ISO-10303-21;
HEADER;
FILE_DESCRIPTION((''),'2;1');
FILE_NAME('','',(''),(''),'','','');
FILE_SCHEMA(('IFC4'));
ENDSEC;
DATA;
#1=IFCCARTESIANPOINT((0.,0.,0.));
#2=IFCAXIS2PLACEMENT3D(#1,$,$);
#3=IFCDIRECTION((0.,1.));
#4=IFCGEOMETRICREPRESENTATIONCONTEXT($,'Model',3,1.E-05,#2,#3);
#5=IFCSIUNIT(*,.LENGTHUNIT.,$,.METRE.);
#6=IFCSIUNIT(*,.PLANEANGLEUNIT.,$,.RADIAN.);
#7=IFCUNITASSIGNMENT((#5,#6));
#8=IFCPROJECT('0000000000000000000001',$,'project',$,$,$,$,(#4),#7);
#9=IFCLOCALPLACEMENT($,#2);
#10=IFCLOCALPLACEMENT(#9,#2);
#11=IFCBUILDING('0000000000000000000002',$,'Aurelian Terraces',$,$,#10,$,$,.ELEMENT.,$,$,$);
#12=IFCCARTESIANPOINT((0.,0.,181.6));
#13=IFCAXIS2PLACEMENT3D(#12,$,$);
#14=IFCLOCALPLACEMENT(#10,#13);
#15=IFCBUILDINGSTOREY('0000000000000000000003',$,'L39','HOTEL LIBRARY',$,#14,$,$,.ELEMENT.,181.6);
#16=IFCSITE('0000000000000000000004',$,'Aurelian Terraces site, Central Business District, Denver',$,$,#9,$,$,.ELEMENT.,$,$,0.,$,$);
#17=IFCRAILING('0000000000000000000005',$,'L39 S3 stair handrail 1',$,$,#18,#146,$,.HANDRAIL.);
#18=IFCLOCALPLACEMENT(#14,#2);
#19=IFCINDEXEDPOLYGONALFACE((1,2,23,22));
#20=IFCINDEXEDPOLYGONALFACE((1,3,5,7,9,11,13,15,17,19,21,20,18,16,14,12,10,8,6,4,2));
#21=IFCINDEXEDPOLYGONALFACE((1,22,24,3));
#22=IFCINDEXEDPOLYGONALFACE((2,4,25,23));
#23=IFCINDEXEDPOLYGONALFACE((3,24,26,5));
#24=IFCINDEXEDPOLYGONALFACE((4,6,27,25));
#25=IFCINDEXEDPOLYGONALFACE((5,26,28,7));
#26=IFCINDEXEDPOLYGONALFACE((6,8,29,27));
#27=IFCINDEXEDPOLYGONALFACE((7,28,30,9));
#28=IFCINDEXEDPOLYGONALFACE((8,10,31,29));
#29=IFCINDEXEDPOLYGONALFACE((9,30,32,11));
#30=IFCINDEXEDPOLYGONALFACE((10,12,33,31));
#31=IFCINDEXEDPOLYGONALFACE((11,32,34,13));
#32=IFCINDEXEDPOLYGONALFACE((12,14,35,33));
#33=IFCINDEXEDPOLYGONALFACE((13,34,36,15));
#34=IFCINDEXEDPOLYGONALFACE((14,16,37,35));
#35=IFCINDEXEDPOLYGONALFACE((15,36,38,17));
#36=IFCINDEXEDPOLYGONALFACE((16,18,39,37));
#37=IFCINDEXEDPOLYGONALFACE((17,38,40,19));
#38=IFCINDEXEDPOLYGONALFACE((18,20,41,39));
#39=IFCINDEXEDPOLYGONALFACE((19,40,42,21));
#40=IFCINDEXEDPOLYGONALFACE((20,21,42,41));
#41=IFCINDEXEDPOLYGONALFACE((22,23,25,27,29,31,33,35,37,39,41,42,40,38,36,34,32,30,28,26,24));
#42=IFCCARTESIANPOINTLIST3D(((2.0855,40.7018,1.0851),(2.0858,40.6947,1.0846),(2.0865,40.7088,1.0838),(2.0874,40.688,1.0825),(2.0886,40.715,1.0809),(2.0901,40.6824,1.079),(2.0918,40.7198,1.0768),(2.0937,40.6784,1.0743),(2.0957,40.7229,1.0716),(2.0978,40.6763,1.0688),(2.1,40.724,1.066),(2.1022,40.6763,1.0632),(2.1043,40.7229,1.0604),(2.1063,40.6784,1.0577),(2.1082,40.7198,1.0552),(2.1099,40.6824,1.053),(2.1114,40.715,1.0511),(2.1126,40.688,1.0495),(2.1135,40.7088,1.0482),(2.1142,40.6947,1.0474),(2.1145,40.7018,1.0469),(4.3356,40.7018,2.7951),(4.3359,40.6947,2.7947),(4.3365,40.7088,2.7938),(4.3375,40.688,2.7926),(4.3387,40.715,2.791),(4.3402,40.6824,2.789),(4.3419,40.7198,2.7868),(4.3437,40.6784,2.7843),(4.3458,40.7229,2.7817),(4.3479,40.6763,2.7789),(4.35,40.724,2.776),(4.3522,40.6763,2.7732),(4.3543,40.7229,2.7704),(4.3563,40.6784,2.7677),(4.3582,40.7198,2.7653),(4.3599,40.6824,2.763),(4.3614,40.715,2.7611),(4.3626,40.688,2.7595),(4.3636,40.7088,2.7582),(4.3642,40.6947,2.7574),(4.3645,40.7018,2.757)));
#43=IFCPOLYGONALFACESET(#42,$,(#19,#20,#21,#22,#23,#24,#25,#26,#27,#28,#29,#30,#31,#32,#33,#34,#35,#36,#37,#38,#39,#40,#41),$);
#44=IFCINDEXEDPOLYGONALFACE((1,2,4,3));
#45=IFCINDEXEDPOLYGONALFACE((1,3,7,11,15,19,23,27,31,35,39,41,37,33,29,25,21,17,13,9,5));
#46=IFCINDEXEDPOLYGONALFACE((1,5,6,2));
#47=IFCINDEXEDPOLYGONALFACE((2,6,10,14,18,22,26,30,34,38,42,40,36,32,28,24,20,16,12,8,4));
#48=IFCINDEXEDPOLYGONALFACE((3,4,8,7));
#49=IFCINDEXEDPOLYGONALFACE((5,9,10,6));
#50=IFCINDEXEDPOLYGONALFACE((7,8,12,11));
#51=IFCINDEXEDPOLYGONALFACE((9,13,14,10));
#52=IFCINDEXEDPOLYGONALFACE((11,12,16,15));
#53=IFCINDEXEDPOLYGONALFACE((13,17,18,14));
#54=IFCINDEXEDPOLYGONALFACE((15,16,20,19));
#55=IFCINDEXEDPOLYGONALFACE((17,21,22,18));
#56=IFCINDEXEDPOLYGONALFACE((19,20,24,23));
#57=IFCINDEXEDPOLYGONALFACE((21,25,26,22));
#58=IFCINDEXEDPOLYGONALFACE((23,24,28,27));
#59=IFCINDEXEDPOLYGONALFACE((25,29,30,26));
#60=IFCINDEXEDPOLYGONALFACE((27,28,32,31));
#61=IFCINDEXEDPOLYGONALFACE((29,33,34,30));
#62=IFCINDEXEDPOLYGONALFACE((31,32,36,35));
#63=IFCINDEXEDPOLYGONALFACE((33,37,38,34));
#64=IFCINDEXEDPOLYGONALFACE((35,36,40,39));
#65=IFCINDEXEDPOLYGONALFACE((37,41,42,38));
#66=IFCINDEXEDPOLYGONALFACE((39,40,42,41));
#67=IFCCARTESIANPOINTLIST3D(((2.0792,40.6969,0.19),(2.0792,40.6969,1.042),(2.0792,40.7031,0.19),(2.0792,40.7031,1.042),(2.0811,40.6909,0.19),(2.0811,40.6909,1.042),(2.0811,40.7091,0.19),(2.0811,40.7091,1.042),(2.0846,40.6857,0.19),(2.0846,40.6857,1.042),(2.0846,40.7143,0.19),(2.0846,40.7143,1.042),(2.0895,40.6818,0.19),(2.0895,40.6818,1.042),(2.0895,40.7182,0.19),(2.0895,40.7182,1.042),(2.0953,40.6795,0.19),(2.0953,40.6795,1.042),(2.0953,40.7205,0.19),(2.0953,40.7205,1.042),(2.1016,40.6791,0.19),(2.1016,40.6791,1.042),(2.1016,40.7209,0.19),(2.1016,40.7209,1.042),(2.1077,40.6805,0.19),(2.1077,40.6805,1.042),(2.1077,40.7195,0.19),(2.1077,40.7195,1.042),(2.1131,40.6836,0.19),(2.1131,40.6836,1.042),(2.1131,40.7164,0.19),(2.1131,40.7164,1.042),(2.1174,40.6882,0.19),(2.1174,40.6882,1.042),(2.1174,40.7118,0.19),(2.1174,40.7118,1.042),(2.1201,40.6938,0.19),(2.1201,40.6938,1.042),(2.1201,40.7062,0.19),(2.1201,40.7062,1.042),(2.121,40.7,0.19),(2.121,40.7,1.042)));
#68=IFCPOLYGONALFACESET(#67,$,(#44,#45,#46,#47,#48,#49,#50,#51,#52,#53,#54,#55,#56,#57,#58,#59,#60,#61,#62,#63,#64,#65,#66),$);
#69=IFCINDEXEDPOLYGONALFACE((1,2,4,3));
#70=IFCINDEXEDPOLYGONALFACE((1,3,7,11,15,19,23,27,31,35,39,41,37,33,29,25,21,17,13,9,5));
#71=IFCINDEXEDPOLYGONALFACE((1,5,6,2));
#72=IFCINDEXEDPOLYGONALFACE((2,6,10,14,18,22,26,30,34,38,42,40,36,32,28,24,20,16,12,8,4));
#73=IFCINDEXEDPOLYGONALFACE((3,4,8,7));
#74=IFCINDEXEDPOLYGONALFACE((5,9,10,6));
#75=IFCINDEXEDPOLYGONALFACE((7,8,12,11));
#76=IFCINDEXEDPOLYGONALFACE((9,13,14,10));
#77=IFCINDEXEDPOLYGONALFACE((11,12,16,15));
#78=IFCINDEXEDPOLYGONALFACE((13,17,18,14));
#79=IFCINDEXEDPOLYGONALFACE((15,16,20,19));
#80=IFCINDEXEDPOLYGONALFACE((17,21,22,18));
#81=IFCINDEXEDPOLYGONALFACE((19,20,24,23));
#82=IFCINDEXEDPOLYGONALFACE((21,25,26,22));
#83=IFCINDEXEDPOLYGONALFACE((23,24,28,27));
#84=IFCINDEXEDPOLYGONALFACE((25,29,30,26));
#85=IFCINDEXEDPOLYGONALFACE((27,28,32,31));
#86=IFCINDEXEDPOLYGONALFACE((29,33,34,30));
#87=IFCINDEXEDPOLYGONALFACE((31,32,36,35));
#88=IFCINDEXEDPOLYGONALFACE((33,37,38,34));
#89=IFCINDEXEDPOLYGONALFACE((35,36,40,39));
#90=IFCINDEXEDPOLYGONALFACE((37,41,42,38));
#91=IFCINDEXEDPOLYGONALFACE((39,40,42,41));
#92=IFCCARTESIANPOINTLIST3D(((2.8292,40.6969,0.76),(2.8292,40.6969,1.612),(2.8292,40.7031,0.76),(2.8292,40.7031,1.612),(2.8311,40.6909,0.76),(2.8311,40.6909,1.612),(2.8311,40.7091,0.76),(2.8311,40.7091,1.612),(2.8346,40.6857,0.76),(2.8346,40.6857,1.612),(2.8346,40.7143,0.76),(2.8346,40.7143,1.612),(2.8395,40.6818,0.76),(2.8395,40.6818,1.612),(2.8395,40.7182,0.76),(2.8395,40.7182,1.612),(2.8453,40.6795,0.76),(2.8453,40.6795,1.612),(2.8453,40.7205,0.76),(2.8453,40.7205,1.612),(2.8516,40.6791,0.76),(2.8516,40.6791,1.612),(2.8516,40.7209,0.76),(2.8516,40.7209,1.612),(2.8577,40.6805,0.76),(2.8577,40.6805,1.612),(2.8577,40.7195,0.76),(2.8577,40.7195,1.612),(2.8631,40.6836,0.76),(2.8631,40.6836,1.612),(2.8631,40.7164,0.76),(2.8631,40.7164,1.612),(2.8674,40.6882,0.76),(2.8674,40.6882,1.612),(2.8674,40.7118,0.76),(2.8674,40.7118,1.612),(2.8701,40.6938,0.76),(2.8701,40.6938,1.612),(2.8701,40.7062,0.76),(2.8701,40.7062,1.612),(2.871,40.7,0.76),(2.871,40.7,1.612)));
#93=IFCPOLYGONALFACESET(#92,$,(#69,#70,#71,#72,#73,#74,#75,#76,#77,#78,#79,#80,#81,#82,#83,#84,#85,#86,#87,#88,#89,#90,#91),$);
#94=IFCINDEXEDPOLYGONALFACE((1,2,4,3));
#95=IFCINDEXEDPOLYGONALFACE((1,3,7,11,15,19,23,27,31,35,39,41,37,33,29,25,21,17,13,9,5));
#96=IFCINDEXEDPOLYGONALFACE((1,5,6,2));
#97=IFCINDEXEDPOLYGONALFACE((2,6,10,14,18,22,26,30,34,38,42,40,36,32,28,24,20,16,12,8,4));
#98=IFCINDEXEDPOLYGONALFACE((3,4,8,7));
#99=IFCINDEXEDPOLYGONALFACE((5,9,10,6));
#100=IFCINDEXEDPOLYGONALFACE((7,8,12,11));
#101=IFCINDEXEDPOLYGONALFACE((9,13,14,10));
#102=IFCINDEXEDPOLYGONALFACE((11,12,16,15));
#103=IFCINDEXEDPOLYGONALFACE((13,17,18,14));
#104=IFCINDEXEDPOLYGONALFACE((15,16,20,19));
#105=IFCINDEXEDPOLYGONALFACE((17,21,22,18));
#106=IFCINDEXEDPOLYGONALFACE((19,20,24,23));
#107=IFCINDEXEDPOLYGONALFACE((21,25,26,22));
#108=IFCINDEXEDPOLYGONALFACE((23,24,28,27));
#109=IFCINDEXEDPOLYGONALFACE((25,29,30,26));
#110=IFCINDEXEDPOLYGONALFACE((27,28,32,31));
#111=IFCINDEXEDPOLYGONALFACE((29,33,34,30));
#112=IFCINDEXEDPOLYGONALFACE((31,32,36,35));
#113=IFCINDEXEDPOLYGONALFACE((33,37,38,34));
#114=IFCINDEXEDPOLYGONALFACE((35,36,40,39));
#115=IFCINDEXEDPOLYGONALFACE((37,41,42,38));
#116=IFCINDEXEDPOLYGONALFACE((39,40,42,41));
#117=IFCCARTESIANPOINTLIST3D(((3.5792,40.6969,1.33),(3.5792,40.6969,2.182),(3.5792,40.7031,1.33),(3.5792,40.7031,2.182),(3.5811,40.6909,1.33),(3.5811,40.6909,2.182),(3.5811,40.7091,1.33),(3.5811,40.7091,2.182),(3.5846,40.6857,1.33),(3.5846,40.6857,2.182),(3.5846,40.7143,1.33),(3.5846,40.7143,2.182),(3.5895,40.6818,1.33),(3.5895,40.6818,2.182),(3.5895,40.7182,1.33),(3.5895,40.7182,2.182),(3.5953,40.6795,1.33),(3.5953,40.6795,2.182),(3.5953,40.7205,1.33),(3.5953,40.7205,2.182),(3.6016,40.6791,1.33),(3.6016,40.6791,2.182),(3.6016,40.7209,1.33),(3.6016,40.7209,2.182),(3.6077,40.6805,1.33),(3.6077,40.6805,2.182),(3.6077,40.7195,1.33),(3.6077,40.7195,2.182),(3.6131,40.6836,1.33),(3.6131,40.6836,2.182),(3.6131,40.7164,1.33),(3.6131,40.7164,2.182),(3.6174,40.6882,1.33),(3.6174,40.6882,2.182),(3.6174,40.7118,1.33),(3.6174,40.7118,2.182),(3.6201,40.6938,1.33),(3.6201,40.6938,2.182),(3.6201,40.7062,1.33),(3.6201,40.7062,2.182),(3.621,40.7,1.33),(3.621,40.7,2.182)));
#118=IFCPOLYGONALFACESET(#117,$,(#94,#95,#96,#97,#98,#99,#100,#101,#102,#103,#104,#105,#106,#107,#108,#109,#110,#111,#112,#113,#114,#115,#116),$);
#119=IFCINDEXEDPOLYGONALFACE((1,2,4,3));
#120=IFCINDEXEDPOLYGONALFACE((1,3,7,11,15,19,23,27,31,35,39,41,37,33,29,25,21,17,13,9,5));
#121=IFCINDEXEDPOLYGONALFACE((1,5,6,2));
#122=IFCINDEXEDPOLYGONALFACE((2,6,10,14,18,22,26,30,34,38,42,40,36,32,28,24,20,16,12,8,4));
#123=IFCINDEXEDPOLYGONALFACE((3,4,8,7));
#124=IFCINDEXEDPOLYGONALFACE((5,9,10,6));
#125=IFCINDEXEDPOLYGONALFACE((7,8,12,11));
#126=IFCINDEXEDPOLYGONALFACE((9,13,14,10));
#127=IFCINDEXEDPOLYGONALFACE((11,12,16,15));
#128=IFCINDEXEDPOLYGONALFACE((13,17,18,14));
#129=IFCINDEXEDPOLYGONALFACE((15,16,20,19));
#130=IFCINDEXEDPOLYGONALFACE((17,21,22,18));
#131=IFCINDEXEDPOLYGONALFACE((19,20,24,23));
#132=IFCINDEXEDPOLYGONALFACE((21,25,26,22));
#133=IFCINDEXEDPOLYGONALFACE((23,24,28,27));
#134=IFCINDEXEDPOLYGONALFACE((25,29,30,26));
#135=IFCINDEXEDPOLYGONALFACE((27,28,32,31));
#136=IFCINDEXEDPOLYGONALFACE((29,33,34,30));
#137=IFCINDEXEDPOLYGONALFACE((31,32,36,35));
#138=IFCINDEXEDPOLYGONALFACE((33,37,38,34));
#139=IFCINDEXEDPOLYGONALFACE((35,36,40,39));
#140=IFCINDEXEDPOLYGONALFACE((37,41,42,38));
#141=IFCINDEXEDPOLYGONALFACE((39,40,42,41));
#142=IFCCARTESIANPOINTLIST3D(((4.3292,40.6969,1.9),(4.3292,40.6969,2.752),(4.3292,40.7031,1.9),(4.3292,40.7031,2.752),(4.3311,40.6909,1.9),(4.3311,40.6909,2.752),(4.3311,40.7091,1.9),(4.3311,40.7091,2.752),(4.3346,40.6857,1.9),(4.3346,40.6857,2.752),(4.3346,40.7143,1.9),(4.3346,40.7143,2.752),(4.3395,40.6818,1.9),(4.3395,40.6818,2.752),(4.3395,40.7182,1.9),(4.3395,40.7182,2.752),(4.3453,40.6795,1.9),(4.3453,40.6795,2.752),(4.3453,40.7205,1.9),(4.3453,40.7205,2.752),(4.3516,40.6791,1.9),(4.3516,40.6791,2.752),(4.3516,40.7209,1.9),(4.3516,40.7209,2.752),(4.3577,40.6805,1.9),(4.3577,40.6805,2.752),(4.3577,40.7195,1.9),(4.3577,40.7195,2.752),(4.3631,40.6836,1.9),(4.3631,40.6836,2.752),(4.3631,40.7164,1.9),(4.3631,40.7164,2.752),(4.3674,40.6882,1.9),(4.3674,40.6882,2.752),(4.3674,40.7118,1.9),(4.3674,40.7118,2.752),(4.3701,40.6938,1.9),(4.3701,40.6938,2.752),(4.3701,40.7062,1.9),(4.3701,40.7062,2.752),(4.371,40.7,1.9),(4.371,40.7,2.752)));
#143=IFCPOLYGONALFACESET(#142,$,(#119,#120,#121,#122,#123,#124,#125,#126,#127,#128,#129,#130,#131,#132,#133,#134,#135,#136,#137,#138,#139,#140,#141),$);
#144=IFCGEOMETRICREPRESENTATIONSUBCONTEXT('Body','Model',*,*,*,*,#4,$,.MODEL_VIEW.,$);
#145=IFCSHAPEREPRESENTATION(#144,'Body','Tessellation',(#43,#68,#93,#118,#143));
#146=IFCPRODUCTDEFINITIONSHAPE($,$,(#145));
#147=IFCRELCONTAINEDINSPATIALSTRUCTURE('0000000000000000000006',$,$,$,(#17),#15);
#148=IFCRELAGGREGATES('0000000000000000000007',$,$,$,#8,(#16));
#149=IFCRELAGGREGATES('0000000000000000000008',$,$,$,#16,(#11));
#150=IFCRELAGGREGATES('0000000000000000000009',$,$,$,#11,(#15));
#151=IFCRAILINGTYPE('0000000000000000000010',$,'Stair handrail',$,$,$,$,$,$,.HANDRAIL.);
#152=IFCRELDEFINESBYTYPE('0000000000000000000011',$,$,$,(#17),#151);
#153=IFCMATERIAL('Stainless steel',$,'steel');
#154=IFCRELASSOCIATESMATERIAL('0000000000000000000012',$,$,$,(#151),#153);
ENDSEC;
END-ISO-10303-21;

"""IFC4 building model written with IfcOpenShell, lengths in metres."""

from ifc_helpers import new_model, si_unit, direction, frame, origin, origin_2d, place, context, subcontext, project, spatial, circle, extrude, source, transform, mapped, material, type_object, element, save


model = new_model("IFC4")

# Units and contexts
model_context = context("Model", 3, precision=1e-05, world=origin(), true_north=direction((0.0, 1.0)))
body_context = subcontext(model_context, "Body", "Model", "MODEL_VIEW")
ifc_project = project(units=[si_unit("LENGTHUNIT", "METRE"), si_unit("PLANEANGLEUNIT", "RADIAN")], contexts=[model_context])

# Site, building, storey
site_placement = place(None, origin())
site = spatial("IfcSite", under=ifc_project, at=site_placement, Name="Aurelian Terraces site, Central Business District, Denver", CompositionType="ELEMENT", RefElevation=0.0)
building_placement = place(site_placement, origin())
building = spatial("IfcBuilding", under=site, at=building_placement, Name="Aurelian Terraces", CompositionType="ELEMENT")
storey_placement = place(building_placement, frame((0.0, 0.0, 181.6)))
storey = spatial("IfcBuildingStorey", under=building, at=storey_placement, Name="L39", Description="HOTEL LIBRARY", CompositionType="ELEMENT", Elevation=181.6)

# Railing
ifc_material_1 = material(Name="Stainless steel", Category="steel")
railing_type_1 = type_object("IfcRailingType", Name="Stair handrail", PredefinedType="HANDRAIL", material=ifc_material_1)
shared_shape_1 = source(origin(), body_context, "Body", "SweptSolid", [
    extrude(circle(Radius=0.024, at=origin_2d()), frame((0.0, 0.0, 0.876), z_axis=(0.796162, 0.0, 0.605083), x_axis=(0.0, 1.0, 0.0)), (0.0, 0.0, 1.0), 2.8261),
    extrude(circle(Radius=0.021, at=origin_2d()), origin(), (0.0, 0.0, 1.0), 0.852),
    extrude(circle(Radius=0.021, at=origin_2d()), frame((0.75, 0.0, 0.57)), (0.0, 0.0, 1.0), 0.852),
    extrude(circle(Radius=0.021, at=origin_2d()), frame((1.5, 0.0, 1.14)), (0.0, 0.0, 1.0), 0.852),
    extrude(circle(Radius=0.021, at=origin_2d()), frame((2.25, 0.0, 1.71)), (0.0, 0.0, 1.0), 0.852),
])
railing_1_placement = place(storey_placement, frame((2.1, 40.7, 0.19)))
element("IfcRailing", 1, at=railing_1_placement, inside=storey, type_object=railing_type_1, Name="L39 S3 stair handrail 1", PredefinedType="HANDRAIL", context=body_context, shape_type="MappedRepresentation", body=[
    mapped(shared_shape_1, transform((0.0, 0.0, 0.0), scale=1.0)),
])

save(model, "model.ifc")
